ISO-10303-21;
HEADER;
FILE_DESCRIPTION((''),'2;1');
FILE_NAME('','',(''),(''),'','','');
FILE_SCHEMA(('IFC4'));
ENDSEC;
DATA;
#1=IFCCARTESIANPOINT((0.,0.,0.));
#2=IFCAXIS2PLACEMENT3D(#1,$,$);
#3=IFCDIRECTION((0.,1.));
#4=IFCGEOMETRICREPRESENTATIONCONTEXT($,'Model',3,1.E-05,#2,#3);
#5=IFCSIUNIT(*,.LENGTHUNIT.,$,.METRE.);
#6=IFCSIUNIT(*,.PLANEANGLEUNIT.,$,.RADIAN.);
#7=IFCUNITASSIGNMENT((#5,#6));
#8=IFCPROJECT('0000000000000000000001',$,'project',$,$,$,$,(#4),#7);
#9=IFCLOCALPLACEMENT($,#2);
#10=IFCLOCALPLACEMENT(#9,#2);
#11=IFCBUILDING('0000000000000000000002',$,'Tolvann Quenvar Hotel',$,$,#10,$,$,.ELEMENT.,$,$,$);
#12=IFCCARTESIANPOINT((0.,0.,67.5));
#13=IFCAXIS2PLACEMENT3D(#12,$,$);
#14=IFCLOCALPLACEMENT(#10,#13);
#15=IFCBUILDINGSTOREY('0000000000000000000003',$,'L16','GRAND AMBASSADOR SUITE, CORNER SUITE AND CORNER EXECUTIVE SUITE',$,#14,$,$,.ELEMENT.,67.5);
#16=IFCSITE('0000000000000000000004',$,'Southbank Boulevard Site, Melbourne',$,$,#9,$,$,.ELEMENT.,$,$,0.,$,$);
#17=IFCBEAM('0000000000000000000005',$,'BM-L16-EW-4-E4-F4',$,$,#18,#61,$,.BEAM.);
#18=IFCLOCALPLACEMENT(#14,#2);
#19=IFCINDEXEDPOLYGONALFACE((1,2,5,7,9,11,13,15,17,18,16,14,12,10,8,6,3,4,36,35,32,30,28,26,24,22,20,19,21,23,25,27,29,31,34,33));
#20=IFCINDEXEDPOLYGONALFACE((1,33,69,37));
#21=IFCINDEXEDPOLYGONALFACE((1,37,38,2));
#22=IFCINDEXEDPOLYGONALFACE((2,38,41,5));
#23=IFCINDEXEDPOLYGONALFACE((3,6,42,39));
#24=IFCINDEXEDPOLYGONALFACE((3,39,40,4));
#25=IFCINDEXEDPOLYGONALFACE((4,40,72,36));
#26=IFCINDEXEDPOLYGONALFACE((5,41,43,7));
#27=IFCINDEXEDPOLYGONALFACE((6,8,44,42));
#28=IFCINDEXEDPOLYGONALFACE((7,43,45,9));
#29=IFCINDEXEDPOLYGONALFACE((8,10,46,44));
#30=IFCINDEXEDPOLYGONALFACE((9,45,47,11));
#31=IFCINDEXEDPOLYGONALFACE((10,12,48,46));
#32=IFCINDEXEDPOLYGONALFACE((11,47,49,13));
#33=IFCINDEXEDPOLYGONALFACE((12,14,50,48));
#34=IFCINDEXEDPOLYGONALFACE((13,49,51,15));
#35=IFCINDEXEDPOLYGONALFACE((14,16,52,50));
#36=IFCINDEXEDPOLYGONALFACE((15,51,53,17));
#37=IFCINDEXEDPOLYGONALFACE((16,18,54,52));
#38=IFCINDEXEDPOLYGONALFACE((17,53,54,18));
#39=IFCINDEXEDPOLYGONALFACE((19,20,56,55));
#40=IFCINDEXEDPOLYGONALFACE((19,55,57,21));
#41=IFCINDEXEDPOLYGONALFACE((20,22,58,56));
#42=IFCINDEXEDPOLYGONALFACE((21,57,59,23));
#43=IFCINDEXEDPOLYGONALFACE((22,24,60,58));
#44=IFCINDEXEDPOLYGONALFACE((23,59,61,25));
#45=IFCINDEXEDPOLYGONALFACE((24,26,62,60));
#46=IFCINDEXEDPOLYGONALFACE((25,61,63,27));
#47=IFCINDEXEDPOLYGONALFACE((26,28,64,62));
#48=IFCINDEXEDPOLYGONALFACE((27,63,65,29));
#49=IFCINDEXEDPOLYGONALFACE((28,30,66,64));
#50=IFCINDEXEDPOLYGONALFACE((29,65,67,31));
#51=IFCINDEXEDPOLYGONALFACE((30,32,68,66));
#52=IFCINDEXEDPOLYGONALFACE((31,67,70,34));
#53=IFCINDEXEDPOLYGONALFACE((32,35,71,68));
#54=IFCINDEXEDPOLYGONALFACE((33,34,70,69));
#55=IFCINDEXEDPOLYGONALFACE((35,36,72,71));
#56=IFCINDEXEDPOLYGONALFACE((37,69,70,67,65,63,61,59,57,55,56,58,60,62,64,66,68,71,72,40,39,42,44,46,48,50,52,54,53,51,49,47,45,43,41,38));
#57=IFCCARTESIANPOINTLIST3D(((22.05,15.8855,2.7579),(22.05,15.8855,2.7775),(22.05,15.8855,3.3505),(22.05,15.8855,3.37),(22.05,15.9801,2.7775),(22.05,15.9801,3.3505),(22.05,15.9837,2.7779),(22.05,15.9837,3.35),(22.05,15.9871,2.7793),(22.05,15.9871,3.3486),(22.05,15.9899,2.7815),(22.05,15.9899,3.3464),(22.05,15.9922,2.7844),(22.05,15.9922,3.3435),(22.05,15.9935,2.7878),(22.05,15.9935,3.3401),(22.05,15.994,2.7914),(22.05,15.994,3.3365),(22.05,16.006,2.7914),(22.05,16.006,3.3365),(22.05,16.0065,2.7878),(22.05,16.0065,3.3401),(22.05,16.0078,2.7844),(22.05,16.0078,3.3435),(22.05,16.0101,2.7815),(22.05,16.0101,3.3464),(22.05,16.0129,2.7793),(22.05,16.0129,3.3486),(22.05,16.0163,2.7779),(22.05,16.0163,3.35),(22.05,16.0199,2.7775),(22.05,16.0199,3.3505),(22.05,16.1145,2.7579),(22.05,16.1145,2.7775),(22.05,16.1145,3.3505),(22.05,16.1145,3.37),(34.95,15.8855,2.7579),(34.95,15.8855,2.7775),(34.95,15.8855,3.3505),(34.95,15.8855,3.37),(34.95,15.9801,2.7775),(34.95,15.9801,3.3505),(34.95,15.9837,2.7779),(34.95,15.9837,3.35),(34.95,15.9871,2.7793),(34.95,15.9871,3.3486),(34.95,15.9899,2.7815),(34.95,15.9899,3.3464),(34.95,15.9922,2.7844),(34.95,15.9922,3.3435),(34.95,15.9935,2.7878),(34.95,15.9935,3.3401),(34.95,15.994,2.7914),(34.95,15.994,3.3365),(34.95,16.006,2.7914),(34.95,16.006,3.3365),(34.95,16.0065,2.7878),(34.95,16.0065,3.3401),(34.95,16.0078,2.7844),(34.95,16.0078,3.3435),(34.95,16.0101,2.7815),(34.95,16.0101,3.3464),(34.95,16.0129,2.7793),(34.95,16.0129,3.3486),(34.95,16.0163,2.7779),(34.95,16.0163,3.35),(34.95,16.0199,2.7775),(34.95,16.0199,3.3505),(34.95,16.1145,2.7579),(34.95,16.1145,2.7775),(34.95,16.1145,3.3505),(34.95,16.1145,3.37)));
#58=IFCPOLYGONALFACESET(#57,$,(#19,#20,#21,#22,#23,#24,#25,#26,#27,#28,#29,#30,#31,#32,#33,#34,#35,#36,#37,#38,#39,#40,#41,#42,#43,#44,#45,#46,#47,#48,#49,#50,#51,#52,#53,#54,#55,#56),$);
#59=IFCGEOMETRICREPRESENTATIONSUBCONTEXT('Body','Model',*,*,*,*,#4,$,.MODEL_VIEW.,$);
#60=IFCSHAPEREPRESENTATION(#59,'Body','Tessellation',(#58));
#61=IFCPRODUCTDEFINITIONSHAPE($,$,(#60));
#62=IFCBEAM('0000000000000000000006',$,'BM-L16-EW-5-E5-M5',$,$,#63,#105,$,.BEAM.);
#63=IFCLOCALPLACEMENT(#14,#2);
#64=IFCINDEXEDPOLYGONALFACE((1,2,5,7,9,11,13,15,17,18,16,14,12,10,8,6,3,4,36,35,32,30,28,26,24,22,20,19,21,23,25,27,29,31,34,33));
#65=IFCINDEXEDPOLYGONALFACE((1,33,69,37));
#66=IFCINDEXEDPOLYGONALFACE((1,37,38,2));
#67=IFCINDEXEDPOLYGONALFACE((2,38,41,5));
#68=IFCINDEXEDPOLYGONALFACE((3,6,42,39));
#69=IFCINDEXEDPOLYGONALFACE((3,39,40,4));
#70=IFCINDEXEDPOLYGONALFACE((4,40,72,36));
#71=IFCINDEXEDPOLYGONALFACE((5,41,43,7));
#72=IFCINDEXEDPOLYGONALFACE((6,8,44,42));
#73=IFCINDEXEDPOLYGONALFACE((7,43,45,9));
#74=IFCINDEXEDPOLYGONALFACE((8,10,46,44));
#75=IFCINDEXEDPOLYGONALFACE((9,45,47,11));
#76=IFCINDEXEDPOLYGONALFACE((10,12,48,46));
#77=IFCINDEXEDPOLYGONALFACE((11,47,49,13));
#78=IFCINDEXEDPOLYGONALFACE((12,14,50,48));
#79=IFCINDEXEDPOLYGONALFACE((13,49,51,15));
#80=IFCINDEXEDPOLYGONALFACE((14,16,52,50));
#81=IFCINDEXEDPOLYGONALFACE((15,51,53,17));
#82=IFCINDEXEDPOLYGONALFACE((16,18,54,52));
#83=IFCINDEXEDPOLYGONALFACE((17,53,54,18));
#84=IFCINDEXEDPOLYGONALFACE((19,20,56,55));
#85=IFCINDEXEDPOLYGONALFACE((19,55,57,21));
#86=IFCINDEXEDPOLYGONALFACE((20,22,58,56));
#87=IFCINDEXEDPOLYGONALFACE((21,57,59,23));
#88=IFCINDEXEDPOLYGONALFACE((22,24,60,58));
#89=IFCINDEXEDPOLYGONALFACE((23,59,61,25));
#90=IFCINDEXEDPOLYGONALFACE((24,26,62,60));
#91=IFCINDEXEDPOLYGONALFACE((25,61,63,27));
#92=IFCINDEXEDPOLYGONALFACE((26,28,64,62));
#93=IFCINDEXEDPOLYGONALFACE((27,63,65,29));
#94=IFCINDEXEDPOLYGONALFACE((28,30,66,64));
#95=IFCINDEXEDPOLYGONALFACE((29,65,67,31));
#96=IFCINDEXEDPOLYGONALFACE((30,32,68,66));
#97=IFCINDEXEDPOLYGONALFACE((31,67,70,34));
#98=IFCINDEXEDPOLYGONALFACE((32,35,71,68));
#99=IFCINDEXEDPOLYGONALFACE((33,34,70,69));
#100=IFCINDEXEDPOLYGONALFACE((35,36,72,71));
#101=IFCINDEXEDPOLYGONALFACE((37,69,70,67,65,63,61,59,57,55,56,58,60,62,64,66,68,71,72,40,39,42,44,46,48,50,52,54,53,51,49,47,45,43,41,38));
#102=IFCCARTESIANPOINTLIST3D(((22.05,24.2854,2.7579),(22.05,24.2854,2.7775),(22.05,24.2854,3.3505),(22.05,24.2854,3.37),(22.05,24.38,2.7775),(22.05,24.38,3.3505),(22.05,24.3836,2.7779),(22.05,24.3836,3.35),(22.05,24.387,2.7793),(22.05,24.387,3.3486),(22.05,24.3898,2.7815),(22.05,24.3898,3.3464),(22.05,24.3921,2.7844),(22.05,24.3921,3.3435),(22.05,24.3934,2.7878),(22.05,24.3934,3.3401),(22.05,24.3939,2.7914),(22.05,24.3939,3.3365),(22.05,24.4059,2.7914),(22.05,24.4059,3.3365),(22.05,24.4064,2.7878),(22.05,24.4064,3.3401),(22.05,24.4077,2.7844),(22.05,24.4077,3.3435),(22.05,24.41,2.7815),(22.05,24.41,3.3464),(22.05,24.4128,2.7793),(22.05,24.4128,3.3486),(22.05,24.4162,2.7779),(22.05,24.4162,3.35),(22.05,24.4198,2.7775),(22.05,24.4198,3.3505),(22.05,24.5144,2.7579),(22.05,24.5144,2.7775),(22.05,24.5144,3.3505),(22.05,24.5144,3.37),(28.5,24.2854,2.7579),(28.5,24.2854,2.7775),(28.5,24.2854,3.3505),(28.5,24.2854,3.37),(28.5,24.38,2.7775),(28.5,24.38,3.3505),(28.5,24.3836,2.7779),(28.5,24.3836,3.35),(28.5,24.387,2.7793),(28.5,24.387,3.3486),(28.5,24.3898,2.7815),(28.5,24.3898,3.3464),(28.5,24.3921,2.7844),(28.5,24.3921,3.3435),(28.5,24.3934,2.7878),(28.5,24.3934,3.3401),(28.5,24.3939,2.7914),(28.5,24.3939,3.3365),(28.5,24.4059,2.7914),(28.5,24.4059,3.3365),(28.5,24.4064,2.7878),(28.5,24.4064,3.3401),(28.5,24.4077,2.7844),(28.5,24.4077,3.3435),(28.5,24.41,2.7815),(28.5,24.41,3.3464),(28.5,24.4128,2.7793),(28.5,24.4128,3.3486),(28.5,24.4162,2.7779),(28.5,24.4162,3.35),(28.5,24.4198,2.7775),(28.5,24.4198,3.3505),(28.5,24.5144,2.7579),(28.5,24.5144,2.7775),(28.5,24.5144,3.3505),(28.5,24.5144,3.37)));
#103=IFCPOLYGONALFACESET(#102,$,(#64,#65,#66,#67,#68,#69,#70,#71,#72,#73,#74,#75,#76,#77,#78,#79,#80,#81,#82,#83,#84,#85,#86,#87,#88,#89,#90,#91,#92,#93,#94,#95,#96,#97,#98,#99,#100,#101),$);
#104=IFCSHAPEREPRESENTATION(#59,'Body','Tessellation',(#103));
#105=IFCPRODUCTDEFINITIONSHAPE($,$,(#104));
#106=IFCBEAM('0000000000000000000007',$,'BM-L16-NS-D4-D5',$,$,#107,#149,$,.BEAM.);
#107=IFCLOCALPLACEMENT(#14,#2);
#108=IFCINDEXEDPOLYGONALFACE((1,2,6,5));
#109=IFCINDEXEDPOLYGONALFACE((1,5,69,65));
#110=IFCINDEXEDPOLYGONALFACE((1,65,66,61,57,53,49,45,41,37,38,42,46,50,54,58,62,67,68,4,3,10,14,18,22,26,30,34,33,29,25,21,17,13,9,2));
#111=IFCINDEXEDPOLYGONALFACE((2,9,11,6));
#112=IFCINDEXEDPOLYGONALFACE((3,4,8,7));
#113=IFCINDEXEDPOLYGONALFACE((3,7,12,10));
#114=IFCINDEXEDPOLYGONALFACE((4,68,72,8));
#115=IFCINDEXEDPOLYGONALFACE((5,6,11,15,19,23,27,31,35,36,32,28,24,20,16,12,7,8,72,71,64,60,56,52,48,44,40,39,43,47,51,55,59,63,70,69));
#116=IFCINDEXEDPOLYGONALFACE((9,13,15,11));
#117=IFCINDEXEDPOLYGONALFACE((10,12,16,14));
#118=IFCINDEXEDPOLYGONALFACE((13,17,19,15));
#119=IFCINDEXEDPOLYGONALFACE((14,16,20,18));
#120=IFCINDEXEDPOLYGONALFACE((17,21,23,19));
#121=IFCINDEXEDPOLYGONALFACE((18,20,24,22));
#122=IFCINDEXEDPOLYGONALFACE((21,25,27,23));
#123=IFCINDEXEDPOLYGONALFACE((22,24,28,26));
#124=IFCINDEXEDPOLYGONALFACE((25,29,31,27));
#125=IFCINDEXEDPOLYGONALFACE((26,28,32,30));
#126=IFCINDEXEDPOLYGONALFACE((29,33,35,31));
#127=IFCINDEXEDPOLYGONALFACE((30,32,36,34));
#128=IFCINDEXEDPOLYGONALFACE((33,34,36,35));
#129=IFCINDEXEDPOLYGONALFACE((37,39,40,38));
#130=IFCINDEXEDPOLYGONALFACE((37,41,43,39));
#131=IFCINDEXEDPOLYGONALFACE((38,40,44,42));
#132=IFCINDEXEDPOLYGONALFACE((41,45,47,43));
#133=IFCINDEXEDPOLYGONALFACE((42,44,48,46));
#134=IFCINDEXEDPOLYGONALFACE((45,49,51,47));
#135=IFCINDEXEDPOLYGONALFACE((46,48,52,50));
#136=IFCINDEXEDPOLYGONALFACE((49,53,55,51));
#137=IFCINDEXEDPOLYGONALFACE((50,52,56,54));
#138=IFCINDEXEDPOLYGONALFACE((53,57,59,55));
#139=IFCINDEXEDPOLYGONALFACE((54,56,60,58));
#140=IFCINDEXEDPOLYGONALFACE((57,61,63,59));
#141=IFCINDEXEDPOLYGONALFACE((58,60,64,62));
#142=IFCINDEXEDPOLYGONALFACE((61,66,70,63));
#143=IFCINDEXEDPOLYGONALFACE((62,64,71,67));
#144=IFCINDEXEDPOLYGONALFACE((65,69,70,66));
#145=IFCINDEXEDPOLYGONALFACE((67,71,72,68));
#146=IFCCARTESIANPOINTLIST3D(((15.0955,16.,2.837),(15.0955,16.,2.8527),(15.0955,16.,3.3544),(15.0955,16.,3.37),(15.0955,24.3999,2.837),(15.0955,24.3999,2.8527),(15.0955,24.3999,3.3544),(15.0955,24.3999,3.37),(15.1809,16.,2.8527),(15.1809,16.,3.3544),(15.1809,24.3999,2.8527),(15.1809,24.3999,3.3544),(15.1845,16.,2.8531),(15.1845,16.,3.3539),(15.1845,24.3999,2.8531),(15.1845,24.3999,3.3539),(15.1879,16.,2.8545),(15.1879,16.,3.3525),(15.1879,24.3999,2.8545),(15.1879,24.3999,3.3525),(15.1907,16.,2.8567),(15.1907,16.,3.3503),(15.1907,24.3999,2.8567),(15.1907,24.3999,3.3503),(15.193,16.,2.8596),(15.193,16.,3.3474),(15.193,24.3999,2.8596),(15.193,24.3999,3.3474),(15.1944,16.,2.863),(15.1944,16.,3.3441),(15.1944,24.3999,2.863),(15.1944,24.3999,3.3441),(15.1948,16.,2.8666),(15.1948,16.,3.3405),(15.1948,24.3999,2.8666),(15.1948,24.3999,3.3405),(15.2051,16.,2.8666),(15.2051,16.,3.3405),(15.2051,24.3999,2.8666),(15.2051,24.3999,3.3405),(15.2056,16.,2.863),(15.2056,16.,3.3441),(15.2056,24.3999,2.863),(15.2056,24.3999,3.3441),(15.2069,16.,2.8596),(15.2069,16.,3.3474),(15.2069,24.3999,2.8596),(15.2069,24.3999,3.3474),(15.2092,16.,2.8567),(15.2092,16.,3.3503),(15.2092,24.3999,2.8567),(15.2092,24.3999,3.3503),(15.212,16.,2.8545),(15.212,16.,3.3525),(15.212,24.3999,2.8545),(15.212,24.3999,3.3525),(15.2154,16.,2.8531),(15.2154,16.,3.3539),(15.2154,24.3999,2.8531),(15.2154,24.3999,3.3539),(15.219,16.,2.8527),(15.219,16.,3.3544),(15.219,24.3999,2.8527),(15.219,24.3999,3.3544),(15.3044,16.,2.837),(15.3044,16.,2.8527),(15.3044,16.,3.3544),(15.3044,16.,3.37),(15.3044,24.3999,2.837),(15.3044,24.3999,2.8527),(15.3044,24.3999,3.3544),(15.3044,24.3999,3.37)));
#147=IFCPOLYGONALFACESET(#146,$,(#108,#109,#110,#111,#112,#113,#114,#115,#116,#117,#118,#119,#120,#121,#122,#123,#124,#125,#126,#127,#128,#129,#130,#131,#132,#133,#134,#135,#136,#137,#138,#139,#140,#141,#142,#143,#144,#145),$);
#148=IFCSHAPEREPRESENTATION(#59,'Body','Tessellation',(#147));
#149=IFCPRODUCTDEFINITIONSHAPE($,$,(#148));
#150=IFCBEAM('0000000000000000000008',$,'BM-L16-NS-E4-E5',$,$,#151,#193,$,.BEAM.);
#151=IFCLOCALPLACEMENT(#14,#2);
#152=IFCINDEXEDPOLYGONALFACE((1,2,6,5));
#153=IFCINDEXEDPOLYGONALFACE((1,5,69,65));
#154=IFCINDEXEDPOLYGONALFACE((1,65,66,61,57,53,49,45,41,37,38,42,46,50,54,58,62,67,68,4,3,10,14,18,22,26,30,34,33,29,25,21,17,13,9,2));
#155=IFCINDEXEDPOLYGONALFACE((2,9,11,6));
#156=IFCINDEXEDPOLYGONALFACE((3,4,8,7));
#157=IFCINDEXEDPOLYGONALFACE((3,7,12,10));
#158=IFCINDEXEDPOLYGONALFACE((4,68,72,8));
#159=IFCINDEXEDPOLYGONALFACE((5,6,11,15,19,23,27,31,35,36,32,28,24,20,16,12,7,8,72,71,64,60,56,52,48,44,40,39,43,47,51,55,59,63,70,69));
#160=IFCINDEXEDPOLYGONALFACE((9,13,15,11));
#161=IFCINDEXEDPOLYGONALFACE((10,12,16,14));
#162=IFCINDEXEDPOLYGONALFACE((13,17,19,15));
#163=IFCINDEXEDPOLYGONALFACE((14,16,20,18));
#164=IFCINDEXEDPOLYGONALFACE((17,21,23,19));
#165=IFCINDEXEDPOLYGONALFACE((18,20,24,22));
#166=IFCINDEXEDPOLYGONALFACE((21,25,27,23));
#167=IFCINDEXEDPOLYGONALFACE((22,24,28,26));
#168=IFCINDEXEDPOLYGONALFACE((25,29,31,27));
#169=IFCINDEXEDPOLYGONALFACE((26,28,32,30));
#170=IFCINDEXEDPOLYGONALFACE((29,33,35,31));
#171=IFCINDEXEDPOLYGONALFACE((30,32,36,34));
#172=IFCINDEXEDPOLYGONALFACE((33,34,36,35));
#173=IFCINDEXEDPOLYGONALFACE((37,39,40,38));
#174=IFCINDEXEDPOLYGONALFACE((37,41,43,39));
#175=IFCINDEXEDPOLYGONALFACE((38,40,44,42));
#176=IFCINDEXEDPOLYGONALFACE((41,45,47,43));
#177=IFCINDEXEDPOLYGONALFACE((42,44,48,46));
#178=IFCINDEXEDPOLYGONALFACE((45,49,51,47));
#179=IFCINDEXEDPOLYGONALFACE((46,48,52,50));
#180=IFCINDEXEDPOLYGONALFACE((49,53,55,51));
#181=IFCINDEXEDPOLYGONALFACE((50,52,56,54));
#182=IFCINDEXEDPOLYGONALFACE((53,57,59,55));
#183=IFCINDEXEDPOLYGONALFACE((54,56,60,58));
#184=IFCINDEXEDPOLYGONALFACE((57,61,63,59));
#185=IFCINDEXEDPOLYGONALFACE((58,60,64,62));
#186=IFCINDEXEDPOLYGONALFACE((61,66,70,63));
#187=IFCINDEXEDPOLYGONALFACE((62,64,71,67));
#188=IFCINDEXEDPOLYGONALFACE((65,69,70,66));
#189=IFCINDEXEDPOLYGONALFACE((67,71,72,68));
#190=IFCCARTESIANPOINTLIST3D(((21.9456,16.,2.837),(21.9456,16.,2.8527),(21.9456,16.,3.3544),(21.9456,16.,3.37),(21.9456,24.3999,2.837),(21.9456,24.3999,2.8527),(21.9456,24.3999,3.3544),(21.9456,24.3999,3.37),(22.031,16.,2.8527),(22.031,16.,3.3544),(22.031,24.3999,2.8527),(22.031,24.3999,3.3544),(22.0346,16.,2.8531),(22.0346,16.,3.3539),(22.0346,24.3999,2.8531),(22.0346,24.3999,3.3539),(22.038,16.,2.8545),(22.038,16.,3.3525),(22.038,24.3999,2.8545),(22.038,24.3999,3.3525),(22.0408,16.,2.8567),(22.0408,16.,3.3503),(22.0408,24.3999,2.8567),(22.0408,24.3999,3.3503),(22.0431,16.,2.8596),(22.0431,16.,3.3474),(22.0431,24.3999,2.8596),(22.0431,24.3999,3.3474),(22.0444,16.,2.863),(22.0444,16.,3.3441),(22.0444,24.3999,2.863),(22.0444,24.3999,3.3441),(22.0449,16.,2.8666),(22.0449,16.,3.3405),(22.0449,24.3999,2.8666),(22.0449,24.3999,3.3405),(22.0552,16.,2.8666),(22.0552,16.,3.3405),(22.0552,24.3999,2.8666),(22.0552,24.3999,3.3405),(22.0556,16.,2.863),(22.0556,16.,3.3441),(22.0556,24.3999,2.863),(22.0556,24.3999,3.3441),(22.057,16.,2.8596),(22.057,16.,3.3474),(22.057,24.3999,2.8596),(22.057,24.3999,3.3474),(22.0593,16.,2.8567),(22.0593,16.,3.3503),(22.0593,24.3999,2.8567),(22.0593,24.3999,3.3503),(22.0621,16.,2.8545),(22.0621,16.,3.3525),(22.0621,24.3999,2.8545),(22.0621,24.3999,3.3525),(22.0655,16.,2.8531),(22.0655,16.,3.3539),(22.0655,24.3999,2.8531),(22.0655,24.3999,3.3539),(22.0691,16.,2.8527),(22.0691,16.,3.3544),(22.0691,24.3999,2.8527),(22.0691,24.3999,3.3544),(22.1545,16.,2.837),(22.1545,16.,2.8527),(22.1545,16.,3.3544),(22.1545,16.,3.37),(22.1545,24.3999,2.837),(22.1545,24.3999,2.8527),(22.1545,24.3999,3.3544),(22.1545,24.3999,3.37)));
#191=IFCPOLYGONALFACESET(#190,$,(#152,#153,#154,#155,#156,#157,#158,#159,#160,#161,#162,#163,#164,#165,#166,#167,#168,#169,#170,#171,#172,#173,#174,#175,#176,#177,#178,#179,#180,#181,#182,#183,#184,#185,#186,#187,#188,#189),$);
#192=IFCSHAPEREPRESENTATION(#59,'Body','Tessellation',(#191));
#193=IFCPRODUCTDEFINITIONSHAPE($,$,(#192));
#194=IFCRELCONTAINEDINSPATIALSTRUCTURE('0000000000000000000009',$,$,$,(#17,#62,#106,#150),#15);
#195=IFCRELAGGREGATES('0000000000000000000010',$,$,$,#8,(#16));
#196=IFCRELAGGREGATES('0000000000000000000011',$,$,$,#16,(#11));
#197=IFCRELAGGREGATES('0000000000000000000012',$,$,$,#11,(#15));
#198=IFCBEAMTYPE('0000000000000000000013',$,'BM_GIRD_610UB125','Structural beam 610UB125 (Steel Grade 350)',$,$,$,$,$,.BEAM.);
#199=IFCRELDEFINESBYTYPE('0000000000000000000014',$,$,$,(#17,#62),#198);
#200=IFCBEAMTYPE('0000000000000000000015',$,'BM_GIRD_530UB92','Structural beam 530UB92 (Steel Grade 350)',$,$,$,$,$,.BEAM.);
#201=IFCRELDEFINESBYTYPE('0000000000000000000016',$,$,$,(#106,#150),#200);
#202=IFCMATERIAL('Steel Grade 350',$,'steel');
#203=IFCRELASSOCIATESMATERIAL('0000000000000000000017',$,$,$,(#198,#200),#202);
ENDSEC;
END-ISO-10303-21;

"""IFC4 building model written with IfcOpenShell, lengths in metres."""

from ifc_helpers import new_model, si_unit, direction, frame, origin, origin_2d, place, context, subcontext, project, spatial, i_section, extrude, source, transform, mapped, material, material_profile, profile_set, type_object, type_shapes, element, save


model = new_model("IFC4")

# Units and contexts
model_context = context("Model", 3, precision=1e-05, world=origin(), true_north=direction((0.0, 1.0)))
body_context = subcontext(model_context, "Body", "Model", "MODEL_VIEW")
ifc_project = project(units=[si_unit("LENGTHUNIT", "METRE"), si_unit("PLANEANGLEUNIT", "RADIAN")], contexts=[model_context])

# Site, building, storey
site_placement = place(None, origin())
site = spatial("IfcSite", under=ifc_project, at=site_placement, Name="Southbank Boulevard Site, Melbourne", CompositionType="ELEMENT", RefElevation=0.0)
building_placement = place(site_placement, origin())
building = spatial("IfcBuilding", under=site, at=building_placement, Name="Tolvann Quenvar Hotel", CompositionType="ELEMENT")
storey_placement = place(building_placement, frame((0.0, 0.0, 67.5)))
storey = spatial("IfcBuildingStorey", under=building, at=storey_placement, Name="L16", Description="GRAND AMBASSADOR SUITE, CORNER SUITE AND CORNER EXECUTIVE SUITE", CompositionType="ELEMENT", Elevation=67.5)

# Shared definitions
ifc_material_1 = material(Name="Steel Grade 350", Category="steel")

# Beams
ifc_material_profile_1 = material_profile(ifc_material_1, i_section(OverallWidth=0.229, OverallDepth=0.6121, WebThickness=0.012, FlangeThickness=0.0195, FilletRadius=0.0139, at=origin_2d()), Name="610UB125")
ifc_profile_set_1 = profile_set([ifc_material_profile_1], Name="Steel Grade 350")
beam_type_1 = type_object("IfcBeamType", Name="BM_GIRD_610UB125", Description="Structural beam 610UB125 (Steel Grade 350)", PredefinedType="BEAM", material=ifc_profile_set_1)
shared_shape_1 = source(origin(), body_context, "Body", "SweptSolid", [
    extrude(i_section(OverallWidth=0.229, OverallDepth=0.6121, WebThickness=0.012, FlangeThickness=0.0195, FilletRadius=0.0139, at=origin_2d()), origin(), (0.0, 0.0, 1.0), 12.8999),
])
beam_1_placement = place(storey_placement, frame((22.05, 16.0, 3.064), z_axis=(1.0, 0.0, 0.0), x_axis=(0.0, 1.0, 0.0)))
element("IfcBeam", 1, at=beam_1_placement, inside=storey, type_object=beam_type_1, Name="BM-L16-EW-4-E4-F4", PredefinedType="BEAM", context=body_context, shape_type="MappedRepresentation", body=[
    mapped(shared_shape_1, transform((0.0, 0.0, 0.0), x_axis=(1.0, 0.0, 0.0), y_axis=(0.0, 1.0, 0.0), z_axis=(0.0, 0.0, 1.0), scale=1.0)),
])
shared_shape_2 = source(origin(), body_context, "Body", "SweptSolid", [
    extrude(i_section(OverallWidth=0.229, OverallDepth=0.6121, WebThickness=0.012, FlangeThickness=0.0195, FilletRadius=0.0139, at=origin_2d()), origin(), (0.0, 0.0, 1.0), 6.45),
])
beam_2_placement = place(storey_placement, frame((22.05, 24.3999, 3.064), z_axis=(1.0, 0.0, 0.0), x_axis=(0.0, 1.0, 0.0)))
element("IfcBeam", 2, at=beam_2_placement, inside=storey, type_object=beam_type_1, Name="BM-L16-EW-5-E5-M5", PredefinedType="BEAM", context=body_context, shape_type="MappedRepresentation", body=[
    mapped(shared_shape_2, transform((0.0, 0.0, 0.0), x_axis=(1.0, 0.0, 0.0), y_axis=(0.0, 1.0, 0.0), z_axis=(0.0, 0.0, 1.0), scale=1.0)),
])
ifc_material_profile_2 = material_profile(ifc_material_1, i_section(OverallWidth=0.209, OverallDepth=0.533, WebThickness=0.0103, FlangeThickness=0.0156, FilletRadius=0.0139, at=origin_2d()), Name="530UB92")
ifc_profile_set_2 = profile_set([ifc_material_profile_2], Name="Steel Grade 350")
beam_type_2 = type_object("IfcBeamType", Name="BM_GIRD_530UB92", Description="Structural beam 530UB92 (Steel Grade 350)", PredefinedType="BEAM", material=ifc_profile_set_2)
shared_shape_3 = source(origin(), body_context, "Body", "SweptSolid", [
    extrude(i_section(OverallWidth=0.209, OverallDepth=0.533, WebThickness=0.0103, FlangeThickness=0.0156, FilletRadius=0.0139, at=origin_2d()), origin(), (0.0, 0.0, 1.0), 8.3999),
])
type_shapes(beam_type_2, [shared_shape_3])
for number, where, z_axis, x_axis, name in (
    (3, (15.2, 16.0, 3.1035), (0.0, 1.0, 0.0), (-1.0, 0.0, 0.0), "BM-L16-NS-D4-D5"),
    (4, (22.05, 16.0, 3.1035), (0.0, 1.0, 0.0), (-1.0, 0.0, 0.0), "BM-L16-NS-E4-E5"),
):
    element("IfcBeam", number, at=place(storey_placement, frame(where, z_axis=z_axis, x_axis=x_axis)), inside=storey, type_object=beam_type_2, Name=name, PredefinedType="BEAM", context=body_context, shape_type="MappedRepresentation", body=[
        mapped(shared_shape_3, transform((0.0, 0.0, 0.0), x_axis=(1.0, 0.0, 0.0), y_axis=(0.0, 1.0, 0.0), z_axis=(0.0, 0.0, 1.0), scale=1.0)),
    ])

save(model, "model.ifc")
